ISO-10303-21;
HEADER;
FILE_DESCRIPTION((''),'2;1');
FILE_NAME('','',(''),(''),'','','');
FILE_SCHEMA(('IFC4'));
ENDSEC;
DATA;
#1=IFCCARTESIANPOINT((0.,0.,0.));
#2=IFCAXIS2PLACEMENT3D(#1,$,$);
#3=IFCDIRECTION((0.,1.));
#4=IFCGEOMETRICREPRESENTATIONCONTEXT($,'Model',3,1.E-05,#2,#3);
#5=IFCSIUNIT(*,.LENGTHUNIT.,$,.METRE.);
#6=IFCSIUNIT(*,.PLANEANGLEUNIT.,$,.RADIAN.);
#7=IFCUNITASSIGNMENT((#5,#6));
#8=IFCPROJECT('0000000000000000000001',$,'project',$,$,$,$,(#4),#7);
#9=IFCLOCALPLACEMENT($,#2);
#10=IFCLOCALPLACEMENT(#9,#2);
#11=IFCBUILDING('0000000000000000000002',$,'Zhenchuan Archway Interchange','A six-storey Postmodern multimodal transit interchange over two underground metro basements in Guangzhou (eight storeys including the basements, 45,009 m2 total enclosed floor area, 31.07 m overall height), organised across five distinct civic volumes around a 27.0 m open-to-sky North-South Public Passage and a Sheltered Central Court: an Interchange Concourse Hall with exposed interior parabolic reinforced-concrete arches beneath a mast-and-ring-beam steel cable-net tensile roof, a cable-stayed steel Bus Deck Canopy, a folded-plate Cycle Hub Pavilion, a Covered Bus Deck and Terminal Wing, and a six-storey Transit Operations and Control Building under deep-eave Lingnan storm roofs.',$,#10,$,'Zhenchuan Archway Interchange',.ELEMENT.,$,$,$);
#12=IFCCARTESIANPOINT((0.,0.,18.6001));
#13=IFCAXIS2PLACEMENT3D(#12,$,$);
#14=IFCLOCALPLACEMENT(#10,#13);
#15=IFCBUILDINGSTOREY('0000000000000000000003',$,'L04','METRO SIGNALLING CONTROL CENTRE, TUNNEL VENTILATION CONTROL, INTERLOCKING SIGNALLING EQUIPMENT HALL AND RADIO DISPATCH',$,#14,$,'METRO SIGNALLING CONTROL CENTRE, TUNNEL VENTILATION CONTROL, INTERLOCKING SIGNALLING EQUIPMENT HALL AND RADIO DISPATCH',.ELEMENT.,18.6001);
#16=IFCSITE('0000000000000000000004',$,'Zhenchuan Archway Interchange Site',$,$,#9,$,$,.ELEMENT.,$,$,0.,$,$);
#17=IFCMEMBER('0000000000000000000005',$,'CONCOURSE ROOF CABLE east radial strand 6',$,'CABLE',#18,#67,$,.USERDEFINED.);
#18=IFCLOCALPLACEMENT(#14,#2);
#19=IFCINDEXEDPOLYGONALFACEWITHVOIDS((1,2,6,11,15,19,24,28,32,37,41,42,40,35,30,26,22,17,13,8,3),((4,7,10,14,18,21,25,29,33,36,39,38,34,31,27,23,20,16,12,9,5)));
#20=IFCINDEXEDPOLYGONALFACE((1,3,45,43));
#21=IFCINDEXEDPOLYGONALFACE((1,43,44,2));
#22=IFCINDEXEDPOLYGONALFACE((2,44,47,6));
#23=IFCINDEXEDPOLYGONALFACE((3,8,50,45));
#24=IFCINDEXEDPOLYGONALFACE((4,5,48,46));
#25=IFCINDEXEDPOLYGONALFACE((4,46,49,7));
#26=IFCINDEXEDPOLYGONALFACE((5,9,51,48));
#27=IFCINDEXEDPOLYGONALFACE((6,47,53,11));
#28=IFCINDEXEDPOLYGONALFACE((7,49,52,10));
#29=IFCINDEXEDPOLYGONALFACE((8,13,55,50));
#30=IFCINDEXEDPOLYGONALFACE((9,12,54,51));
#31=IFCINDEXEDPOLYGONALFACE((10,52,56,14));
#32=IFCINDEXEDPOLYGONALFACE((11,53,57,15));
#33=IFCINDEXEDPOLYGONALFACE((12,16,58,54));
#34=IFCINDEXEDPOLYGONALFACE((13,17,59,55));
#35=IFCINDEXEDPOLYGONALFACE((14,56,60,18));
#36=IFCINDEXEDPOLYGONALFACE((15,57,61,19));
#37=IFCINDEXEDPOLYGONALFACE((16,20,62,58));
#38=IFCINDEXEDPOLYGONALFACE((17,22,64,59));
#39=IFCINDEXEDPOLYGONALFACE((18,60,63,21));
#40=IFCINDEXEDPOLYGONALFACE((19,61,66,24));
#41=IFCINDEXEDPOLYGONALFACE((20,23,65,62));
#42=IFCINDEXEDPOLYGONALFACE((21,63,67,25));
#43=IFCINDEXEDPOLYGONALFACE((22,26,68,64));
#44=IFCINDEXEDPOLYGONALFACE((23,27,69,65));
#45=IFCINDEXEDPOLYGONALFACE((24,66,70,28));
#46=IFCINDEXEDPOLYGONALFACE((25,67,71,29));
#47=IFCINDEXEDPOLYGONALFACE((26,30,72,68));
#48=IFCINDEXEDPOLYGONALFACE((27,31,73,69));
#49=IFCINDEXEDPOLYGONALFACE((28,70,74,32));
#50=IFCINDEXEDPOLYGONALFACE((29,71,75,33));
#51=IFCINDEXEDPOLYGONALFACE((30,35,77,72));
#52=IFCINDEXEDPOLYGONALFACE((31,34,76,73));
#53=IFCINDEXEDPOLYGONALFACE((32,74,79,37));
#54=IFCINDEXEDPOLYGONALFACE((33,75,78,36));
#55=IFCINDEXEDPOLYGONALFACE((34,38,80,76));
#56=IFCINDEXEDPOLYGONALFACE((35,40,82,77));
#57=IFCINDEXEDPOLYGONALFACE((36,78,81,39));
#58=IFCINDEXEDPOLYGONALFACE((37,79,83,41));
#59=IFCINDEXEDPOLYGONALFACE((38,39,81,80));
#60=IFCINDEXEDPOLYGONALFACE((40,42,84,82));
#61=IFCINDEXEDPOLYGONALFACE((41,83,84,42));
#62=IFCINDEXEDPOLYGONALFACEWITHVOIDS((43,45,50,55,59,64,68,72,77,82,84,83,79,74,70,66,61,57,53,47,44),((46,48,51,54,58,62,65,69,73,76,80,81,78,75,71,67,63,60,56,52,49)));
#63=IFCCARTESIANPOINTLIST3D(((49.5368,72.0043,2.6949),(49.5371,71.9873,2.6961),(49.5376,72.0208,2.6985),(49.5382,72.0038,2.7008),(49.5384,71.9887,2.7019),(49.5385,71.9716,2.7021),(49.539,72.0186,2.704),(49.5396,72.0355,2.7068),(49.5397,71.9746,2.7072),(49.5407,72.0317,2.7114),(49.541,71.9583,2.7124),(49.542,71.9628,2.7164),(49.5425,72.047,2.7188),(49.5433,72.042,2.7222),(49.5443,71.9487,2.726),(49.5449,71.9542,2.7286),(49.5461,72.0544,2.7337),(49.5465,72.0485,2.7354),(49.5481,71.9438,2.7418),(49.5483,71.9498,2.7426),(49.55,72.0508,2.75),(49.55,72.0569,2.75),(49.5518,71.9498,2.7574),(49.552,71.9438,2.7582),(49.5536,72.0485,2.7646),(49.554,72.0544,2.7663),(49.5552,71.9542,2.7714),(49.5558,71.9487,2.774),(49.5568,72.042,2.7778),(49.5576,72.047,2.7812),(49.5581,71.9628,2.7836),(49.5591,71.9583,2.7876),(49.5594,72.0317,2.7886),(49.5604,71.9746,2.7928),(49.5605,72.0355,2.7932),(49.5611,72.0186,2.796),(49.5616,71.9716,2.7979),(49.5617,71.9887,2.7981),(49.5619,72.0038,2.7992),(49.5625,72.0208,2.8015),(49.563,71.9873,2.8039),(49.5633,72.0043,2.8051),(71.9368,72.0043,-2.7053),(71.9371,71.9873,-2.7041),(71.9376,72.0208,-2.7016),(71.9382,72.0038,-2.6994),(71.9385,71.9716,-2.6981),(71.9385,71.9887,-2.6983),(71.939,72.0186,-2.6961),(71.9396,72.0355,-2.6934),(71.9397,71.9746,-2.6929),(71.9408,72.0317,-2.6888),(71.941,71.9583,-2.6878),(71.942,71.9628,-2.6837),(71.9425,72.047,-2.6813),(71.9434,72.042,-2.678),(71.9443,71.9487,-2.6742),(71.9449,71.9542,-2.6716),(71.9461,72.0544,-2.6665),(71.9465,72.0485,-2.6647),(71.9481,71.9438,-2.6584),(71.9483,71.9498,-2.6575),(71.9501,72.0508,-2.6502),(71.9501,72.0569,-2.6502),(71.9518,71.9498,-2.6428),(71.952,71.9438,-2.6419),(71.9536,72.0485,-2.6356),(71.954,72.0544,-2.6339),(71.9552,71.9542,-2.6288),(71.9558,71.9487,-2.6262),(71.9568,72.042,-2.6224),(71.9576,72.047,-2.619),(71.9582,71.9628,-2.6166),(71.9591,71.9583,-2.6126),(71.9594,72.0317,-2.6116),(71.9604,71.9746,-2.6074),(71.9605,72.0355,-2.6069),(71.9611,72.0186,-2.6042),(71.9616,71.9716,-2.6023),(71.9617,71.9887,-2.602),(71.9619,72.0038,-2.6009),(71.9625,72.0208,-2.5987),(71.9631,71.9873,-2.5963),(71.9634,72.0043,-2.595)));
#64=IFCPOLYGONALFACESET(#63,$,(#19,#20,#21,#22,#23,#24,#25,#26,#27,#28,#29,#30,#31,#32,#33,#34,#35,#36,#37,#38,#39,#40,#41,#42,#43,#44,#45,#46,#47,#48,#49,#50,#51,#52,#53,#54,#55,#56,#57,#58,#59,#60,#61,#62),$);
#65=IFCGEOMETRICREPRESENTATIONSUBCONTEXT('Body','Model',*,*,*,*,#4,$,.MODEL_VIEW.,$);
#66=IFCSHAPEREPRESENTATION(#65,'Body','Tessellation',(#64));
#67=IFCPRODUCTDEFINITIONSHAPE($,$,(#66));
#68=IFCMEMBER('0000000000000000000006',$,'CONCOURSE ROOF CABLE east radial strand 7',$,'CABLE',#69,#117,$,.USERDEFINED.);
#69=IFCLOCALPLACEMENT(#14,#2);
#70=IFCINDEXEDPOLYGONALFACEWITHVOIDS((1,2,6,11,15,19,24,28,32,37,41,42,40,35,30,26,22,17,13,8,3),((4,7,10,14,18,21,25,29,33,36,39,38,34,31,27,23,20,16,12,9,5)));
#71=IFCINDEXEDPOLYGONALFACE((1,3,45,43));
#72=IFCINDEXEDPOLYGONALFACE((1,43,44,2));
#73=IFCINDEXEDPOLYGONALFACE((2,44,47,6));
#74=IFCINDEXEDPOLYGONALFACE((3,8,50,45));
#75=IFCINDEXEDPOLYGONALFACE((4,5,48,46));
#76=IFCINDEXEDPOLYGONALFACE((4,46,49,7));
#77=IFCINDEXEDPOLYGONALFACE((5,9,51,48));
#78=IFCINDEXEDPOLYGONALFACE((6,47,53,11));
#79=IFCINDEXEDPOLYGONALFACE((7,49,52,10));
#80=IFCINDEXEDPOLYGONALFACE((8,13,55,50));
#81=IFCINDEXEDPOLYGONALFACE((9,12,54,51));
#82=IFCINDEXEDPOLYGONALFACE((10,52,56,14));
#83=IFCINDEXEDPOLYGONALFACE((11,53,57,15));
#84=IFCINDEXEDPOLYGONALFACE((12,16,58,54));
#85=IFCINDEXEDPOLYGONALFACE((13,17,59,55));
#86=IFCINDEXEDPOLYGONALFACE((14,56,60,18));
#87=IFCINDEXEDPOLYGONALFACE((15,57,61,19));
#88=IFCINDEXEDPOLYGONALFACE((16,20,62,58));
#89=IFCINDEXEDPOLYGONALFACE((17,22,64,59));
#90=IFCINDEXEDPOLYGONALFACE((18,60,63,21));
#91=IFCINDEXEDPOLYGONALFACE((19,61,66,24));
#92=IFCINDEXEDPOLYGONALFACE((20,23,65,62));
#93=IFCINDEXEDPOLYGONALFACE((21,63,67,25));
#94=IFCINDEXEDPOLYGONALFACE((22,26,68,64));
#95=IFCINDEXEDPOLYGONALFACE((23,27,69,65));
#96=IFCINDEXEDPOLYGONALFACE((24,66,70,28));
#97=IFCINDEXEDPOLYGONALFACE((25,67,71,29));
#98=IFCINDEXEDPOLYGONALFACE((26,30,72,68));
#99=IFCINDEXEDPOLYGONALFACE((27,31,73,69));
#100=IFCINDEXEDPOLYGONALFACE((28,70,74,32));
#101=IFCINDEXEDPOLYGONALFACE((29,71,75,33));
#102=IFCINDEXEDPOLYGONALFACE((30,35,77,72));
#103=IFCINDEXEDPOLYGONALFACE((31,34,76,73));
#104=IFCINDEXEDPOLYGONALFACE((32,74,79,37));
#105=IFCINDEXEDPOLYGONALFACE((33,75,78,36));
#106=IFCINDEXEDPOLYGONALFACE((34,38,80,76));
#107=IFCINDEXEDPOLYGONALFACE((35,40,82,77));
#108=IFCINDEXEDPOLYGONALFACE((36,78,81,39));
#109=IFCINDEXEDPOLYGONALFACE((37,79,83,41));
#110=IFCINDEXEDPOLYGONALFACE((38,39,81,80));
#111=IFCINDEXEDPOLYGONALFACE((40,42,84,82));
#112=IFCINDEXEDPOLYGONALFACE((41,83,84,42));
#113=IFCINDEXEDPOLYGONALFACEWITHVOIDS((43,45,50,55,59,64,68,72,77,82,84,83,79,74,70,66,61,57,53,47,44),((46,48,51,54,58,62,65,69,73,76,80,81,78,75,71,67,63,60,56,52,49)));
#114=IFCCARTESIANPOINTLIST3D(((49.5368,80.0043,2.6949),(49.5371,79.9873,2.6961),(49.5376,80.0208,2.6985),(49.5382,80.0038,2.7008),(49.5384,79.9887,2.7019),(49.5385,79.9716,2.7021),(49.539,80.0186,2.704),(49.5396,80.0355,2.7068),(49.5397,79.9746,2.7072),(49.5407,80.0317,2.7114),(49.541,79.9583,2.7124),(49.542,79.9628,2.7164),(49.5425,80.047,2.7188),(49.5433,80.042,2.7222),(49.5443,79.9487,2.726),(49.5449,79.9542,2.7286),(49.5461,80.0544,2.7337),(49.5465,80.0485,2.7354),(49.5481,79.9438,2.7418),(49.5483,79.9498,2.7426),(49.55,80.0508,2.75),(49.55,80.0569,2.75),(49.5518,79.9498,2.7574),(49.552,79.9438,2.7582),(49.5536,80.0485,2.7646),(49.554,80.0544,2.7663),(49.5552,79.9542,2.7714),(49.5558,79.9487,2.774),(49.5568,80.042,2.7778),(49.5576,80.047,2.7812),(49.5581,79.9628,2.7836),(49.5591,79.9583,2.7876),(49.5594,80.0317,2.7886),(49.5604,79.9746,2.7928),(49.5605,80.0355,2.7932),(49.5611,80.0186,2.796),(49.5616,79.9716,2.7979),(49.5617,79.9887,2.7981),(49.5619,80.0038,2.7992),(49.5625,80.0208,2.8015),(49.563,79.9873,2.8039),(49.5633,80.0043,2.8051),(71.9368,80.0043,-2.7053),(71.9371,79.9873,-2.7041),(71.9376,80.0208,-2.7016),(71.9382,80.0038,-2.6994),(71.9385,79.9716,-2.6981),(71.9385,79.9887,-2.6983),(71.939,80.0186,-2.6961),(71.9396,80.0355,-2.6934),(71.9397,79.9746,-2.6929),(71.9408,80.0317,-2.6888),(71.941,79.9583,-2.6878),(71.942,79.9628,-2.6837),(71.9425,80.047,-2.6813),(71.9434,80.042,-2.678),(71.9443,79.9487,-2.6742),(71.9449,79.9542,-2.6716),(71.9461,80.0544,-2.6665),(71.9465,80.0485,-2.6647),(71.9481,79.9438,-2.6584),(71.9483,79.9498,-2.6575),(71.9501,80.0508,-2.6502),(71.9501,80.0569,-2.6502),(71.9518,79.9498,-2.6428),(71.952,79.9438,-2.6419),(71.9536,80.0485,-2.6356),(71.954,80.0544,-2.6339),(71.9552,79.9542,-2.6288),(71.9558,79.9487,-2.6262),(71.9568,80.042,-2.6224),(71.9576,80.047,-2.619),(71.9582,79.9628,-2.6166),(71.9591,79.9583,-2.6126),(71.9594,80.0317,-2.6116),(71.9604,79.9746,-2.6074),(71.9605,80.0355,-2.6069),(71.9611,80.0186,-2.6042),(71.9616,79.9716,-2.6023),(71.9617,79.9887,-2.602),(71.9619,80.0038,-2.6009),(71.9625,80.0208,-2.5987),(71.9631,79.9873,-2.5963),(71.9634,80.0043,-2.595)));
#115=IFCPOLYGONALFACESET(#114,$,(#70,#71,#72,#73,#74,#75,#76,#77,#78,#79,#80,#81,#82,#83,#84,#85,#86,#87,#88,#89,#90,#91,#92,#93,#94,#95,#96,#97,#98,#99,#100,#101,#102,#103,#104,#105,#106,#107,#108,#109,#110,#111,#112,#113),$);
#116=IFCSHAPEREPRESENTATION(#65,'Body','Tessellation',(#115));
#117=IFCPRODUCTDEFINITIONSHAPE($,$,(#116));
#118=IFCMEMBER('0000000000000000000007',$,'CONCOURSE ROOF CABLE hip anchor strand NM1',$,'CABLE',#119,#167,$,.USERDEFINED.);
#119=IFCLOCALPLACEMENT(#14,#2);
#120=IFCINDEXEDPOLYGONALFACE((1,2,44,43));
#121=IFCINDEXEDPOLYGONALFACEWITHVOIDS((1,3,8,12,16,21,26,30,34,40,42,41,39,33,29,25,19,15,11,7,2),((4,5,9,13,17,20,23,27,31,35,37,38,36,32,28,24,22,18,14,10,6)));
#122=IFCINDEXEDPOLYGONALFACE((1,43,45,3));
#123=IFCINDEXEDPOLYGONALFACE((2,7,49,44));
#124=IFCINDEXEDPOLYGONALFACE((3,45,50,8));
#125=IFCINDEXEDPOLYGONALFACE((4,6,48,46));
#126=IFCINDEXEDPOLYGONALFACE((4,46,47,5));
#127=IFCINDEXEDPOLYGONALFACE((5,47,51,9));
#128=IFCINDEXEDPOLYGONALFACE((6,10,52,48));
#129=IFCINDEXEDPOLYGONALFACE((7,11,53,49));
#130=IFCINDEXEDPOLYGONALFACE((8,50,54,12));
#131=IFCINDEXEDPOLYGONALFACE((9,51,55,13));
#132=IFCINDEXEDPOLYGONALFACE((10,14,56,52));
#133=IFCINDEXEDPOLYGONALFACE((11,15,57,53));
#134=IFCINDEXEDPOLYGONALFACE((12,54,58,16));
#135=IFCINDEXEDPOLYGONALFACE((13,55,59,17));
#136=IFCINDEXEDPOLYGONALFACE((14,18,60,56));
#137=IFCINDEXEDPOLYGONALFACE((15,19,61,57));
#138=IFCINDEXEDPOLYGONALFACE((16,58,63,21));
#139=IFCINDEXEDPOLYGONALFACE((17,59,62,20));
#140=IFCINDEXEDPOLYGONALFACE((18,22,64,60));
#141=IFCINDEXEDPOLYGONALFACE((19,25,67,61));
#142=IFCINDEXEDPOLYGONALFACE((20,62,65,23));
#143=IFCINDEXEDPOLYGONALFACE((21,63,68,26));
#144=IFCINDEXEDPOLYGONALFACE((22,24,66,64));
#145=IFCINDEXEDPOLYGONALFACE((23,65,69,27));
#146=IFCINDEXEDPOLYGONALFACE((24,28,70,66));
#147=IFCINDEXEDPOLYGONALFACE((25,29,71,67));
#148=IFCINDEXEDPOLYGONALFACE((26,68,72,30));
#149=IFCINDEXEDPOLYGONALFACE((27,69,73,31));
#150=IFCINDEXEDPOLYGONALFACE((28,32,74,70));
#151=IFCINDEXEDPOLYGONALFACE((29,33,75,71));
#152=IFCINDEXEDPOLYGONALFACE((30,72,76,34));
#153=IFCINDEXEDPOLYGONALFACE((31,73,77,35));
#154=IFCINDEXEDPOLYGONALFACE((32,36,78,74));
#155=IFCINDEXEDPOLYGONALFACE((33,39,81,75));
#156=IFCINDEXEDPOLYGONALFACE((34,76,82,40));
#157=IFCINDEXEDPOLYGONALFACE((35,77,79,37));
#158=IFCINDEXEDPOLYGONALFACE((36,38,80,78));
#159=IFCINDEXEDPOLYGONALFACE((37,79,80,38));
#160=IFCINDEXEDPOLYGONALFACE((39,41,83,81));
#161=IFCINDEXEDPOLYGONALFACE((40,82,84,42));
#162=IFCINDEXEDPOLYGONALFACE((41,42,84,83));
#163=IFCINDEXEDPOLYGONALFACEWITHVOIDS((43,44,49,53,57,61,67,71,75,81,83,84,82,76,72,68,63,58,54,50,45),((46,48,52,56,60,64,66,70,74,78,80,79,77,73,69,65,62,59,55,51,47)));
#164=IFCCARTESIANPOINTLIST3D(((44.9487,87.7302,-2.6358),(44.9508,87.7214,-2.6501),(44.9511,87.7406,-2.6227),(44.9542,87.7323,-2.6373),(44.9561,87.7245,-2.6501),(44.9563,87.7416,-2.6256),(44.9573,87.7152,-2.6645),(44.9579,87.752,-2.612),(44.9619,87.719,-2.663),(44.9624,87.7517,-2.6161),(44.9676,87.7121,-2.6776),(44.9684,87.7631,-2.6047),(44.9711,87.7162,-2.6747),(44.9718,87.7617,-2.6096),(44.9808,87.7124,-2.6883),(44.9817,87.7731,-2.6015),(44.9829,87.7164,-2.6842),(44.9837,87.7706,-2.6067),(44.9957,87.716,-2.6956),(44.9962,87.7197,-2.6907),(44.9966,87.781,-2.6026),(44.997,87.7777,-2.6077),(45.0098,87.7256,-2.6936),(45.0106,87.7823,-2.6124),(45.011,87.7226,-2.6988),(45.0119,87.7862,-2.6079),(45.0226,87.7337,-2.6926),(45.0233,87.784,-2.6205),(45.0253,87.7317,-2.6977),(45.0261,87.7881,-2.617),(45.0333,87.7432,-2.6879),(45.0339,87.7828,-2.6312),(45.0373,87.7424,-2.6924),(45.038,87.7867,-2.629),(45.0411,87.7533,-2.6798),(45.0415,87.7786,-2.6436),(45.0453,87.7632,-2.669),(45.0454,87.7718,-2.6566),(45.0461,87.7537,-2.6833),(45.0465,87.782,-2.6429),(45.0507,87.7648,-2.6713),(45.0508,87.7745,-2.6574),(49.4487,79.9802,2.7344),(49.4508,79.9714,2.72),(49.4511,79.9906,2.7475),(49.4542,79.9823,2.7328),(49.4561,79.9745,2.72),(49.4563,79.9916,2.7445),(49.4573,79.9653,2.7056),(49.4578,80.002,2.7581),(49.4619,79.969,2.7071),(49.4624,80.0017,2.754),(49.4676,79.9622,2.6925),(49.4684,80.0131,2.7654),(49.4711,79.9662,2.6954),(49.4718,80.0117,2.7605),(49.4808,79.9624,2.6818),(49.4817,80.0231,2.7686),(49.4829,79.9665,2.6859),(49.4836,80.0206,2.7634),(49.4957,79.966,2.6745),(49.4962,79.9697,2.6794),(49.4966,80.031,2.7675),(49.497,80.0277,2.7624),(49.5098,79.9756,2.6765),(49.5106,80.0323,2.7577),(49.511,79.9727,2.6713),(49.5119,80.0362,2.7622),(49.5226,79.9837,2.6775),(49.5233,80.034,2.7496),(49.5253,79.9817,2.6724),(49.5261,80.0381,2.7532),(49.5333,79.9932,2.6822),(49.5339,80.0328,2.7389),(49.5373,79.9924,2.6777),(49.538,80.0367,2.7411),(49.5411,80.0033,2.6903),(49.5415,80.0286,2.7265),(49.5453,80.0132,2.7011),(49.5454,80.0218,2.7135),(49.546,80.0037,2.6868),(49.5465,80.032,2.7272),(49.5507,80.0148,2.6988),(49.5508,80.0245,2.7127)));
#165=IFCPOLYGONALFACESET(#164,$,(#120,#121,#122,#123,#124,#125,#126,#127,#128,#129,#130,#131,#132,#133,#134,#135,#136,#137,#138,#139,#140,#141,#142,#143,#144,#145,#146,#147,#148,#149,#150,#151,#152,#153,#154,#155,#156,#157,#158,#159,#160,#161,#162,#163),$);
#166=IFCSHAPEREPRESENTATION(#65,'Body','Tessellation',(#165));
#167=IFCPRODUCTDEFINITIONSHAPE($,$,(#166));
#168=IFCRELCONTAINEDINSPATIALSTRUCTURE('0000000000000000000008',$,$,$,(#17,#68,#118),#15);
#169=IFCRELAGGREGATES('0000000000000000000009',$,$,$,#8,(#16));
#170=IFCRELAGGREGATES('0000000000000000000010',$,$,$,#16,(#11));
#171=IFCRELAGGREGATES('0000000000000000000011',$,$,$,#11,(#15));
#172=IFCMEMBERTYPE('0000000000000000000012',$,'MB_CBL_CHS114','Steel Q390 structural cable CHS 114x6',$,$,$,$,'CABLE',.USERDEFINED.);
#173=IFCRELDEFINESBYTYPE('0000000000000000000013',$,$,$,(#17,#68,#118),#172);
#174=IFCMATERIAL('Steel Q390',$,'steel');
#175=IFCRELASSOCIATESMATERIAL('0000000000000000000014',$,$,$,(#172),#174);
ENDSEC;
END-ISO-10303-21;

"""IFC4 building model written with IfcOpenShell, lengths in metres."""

from ifc_helpers import new_model, si_unit, direction, frame, origin, origin_2d, place, context, subcontext, project, spatial, hollow_circle, extrude, material, material_profile, profile_set, type_object, element, save


model = new_model("IFC4")

# Units and contexts
model_context = context("Model", 3, precision=1e-05, world=origin(), true_north=direction((0.0, 1.0)))
body_context = subcontext(model_context, "Body", "Model", "MODEL_VIEW")
ifc_project = project(units=[si_unit("LENGTHUNIT", "METRE"), si_unit("PLANEANGLEUNIT", "RADIAN")], contexts=[model_context])

# Site, building, storey
site_placement = place(None, origin())
site = spatial("IfcSite", under=ifc_project, at=site_placement, Name="Zhenchuan Archway Interchange Site", CompositionType="ELEMENT", RefElevation=0.0)
building_placement = place(site_placement, origin())
building = spatial("IfcBuilding", under=site, at=building_placement, Name="Zhenchuan Archway Interchange", Description="A six-storey Postmodern multimodal transit interchange over two underground metro basements in Guangzhou (eight storeys including the basements, 45,009 m2 total enclosed floor area, 31.07 m overall height), organised across five distinct civic volumes around a 27.0 m open-to-sky North-South Public Passage and a Sheltered Central Court: an Interchange Concourse Hall with exposed interior parabolic reinforced-concrete arches beneath a mast-and-ring-beam steel cable-net tensile roof, a cable-stayed steel Bus Deck Canopy, a folded-plate Cycle Hub Pavilion, a Covered Bus Deck and Terminal Wing, and a six-storey Transit Operations and Control Building under deep-eave Lingnan storm roofs.", LongName="Zhenchuan Archway Interchange", CompositionType="ELEMENT")
storey_placement = place(building_placement, frame((0.0, 0.0, 18.6001)))
storey = spatial("IfcBuildingStorey", under=building, at=storey_placement, Name="L04", Description="METRO SIGNALLING CONTROL CENTRE, TUNNEL VENTILATION CONTROL, INTERLOCKING SIGNALLING EQUIPMENT HALL AND RADIO DISPATCH", LongName="METRO SIGNALLING CONTROL CENTRE, TUNNEL VENTILATION CONTROL, INTERLOCKING SIGNALLING EQUIPMENT HALL AND RADIO DISPATCH", CompositionType="ELEMENT", Elevation=18.6001)

# Shared definitions
ifc_material_1 = material(Name="Steel Q390", Category="steel")

# Members
ifc_material_profile_1 = material_profile(ifc_material_1, hollow_circle(Radius=0.0569, WallThickness=0.0061, at=origin_2d()), Name="CHS 114x6")
ifc_profile_set_1 = profile_set([ifc_material_profile_1], Name="Steel Q390")
member_type_1 = type_object("IfcMemberType", Name="MB_CBL_CHS114", Description="Steel Q390 structural cable CHS 114x6", ElementType="CABLE", PredefinedType="USERDEFINED", material=ifc_profile_set_1)
for number, where, z_axis, x_axis, name in (
    (1, (49.55, 72.0, 2.75), (0.972149, 0.0, -0.234365), (0.0, 1.0, 0.0), "CONCOURSE ROOF CABLE east radial strand 6"),
    (2, (49.55, 80.0, 2.75), (0.972149, 0.0, -0.234365), (0.0, 1.0, 0.0), "CONCOURSE ROOF CABLE east radial strand 7"),
):
    element("IfcMember", number, at=place(storey_placement, frame(where, z_axis=z_axis, x_axis=x_axis)), inside=storey, type_object=member_type_1, Name=name, ObjectType="CABLE", PredefinedType="USERDEFINED", context=body_context, shape_type="SweptSolid", body=[
        extrude(hollow_circle(Radius=0.0569, WallThickness=0.0061, at=origin_2d()), origin(), (0.0, 0.0, 1.0), 23.0417),
    ])
for number, where, z_axis, x_axis, name in (
    (3, (49.5, 80.0, 2.72), (-0.430724, 0.741803, -0.514009), (-0.864789, -0.502136, 0.0), "CONCOURSE ROOF CABLE hip anchor strand NM1"),
):
    element("IfcMember", number, at=place(storey_placement, frame(where, z_axis=z_axis, x_axis=x_axis)), inside=storey, type_object=member_type_1, Name=name, ObjectType="CABLE", PredefinedType="USERDEFINED", context=body_context, shape_type="SweptSolid", body=[
        extrude(hollow_circle(Radius=0.0569, WallThickness=0.0061, at=origin_2d()), origin(), (0.0, 0.0, 1.0), 10.4475),
    ])

save(model, "model.ifc")
